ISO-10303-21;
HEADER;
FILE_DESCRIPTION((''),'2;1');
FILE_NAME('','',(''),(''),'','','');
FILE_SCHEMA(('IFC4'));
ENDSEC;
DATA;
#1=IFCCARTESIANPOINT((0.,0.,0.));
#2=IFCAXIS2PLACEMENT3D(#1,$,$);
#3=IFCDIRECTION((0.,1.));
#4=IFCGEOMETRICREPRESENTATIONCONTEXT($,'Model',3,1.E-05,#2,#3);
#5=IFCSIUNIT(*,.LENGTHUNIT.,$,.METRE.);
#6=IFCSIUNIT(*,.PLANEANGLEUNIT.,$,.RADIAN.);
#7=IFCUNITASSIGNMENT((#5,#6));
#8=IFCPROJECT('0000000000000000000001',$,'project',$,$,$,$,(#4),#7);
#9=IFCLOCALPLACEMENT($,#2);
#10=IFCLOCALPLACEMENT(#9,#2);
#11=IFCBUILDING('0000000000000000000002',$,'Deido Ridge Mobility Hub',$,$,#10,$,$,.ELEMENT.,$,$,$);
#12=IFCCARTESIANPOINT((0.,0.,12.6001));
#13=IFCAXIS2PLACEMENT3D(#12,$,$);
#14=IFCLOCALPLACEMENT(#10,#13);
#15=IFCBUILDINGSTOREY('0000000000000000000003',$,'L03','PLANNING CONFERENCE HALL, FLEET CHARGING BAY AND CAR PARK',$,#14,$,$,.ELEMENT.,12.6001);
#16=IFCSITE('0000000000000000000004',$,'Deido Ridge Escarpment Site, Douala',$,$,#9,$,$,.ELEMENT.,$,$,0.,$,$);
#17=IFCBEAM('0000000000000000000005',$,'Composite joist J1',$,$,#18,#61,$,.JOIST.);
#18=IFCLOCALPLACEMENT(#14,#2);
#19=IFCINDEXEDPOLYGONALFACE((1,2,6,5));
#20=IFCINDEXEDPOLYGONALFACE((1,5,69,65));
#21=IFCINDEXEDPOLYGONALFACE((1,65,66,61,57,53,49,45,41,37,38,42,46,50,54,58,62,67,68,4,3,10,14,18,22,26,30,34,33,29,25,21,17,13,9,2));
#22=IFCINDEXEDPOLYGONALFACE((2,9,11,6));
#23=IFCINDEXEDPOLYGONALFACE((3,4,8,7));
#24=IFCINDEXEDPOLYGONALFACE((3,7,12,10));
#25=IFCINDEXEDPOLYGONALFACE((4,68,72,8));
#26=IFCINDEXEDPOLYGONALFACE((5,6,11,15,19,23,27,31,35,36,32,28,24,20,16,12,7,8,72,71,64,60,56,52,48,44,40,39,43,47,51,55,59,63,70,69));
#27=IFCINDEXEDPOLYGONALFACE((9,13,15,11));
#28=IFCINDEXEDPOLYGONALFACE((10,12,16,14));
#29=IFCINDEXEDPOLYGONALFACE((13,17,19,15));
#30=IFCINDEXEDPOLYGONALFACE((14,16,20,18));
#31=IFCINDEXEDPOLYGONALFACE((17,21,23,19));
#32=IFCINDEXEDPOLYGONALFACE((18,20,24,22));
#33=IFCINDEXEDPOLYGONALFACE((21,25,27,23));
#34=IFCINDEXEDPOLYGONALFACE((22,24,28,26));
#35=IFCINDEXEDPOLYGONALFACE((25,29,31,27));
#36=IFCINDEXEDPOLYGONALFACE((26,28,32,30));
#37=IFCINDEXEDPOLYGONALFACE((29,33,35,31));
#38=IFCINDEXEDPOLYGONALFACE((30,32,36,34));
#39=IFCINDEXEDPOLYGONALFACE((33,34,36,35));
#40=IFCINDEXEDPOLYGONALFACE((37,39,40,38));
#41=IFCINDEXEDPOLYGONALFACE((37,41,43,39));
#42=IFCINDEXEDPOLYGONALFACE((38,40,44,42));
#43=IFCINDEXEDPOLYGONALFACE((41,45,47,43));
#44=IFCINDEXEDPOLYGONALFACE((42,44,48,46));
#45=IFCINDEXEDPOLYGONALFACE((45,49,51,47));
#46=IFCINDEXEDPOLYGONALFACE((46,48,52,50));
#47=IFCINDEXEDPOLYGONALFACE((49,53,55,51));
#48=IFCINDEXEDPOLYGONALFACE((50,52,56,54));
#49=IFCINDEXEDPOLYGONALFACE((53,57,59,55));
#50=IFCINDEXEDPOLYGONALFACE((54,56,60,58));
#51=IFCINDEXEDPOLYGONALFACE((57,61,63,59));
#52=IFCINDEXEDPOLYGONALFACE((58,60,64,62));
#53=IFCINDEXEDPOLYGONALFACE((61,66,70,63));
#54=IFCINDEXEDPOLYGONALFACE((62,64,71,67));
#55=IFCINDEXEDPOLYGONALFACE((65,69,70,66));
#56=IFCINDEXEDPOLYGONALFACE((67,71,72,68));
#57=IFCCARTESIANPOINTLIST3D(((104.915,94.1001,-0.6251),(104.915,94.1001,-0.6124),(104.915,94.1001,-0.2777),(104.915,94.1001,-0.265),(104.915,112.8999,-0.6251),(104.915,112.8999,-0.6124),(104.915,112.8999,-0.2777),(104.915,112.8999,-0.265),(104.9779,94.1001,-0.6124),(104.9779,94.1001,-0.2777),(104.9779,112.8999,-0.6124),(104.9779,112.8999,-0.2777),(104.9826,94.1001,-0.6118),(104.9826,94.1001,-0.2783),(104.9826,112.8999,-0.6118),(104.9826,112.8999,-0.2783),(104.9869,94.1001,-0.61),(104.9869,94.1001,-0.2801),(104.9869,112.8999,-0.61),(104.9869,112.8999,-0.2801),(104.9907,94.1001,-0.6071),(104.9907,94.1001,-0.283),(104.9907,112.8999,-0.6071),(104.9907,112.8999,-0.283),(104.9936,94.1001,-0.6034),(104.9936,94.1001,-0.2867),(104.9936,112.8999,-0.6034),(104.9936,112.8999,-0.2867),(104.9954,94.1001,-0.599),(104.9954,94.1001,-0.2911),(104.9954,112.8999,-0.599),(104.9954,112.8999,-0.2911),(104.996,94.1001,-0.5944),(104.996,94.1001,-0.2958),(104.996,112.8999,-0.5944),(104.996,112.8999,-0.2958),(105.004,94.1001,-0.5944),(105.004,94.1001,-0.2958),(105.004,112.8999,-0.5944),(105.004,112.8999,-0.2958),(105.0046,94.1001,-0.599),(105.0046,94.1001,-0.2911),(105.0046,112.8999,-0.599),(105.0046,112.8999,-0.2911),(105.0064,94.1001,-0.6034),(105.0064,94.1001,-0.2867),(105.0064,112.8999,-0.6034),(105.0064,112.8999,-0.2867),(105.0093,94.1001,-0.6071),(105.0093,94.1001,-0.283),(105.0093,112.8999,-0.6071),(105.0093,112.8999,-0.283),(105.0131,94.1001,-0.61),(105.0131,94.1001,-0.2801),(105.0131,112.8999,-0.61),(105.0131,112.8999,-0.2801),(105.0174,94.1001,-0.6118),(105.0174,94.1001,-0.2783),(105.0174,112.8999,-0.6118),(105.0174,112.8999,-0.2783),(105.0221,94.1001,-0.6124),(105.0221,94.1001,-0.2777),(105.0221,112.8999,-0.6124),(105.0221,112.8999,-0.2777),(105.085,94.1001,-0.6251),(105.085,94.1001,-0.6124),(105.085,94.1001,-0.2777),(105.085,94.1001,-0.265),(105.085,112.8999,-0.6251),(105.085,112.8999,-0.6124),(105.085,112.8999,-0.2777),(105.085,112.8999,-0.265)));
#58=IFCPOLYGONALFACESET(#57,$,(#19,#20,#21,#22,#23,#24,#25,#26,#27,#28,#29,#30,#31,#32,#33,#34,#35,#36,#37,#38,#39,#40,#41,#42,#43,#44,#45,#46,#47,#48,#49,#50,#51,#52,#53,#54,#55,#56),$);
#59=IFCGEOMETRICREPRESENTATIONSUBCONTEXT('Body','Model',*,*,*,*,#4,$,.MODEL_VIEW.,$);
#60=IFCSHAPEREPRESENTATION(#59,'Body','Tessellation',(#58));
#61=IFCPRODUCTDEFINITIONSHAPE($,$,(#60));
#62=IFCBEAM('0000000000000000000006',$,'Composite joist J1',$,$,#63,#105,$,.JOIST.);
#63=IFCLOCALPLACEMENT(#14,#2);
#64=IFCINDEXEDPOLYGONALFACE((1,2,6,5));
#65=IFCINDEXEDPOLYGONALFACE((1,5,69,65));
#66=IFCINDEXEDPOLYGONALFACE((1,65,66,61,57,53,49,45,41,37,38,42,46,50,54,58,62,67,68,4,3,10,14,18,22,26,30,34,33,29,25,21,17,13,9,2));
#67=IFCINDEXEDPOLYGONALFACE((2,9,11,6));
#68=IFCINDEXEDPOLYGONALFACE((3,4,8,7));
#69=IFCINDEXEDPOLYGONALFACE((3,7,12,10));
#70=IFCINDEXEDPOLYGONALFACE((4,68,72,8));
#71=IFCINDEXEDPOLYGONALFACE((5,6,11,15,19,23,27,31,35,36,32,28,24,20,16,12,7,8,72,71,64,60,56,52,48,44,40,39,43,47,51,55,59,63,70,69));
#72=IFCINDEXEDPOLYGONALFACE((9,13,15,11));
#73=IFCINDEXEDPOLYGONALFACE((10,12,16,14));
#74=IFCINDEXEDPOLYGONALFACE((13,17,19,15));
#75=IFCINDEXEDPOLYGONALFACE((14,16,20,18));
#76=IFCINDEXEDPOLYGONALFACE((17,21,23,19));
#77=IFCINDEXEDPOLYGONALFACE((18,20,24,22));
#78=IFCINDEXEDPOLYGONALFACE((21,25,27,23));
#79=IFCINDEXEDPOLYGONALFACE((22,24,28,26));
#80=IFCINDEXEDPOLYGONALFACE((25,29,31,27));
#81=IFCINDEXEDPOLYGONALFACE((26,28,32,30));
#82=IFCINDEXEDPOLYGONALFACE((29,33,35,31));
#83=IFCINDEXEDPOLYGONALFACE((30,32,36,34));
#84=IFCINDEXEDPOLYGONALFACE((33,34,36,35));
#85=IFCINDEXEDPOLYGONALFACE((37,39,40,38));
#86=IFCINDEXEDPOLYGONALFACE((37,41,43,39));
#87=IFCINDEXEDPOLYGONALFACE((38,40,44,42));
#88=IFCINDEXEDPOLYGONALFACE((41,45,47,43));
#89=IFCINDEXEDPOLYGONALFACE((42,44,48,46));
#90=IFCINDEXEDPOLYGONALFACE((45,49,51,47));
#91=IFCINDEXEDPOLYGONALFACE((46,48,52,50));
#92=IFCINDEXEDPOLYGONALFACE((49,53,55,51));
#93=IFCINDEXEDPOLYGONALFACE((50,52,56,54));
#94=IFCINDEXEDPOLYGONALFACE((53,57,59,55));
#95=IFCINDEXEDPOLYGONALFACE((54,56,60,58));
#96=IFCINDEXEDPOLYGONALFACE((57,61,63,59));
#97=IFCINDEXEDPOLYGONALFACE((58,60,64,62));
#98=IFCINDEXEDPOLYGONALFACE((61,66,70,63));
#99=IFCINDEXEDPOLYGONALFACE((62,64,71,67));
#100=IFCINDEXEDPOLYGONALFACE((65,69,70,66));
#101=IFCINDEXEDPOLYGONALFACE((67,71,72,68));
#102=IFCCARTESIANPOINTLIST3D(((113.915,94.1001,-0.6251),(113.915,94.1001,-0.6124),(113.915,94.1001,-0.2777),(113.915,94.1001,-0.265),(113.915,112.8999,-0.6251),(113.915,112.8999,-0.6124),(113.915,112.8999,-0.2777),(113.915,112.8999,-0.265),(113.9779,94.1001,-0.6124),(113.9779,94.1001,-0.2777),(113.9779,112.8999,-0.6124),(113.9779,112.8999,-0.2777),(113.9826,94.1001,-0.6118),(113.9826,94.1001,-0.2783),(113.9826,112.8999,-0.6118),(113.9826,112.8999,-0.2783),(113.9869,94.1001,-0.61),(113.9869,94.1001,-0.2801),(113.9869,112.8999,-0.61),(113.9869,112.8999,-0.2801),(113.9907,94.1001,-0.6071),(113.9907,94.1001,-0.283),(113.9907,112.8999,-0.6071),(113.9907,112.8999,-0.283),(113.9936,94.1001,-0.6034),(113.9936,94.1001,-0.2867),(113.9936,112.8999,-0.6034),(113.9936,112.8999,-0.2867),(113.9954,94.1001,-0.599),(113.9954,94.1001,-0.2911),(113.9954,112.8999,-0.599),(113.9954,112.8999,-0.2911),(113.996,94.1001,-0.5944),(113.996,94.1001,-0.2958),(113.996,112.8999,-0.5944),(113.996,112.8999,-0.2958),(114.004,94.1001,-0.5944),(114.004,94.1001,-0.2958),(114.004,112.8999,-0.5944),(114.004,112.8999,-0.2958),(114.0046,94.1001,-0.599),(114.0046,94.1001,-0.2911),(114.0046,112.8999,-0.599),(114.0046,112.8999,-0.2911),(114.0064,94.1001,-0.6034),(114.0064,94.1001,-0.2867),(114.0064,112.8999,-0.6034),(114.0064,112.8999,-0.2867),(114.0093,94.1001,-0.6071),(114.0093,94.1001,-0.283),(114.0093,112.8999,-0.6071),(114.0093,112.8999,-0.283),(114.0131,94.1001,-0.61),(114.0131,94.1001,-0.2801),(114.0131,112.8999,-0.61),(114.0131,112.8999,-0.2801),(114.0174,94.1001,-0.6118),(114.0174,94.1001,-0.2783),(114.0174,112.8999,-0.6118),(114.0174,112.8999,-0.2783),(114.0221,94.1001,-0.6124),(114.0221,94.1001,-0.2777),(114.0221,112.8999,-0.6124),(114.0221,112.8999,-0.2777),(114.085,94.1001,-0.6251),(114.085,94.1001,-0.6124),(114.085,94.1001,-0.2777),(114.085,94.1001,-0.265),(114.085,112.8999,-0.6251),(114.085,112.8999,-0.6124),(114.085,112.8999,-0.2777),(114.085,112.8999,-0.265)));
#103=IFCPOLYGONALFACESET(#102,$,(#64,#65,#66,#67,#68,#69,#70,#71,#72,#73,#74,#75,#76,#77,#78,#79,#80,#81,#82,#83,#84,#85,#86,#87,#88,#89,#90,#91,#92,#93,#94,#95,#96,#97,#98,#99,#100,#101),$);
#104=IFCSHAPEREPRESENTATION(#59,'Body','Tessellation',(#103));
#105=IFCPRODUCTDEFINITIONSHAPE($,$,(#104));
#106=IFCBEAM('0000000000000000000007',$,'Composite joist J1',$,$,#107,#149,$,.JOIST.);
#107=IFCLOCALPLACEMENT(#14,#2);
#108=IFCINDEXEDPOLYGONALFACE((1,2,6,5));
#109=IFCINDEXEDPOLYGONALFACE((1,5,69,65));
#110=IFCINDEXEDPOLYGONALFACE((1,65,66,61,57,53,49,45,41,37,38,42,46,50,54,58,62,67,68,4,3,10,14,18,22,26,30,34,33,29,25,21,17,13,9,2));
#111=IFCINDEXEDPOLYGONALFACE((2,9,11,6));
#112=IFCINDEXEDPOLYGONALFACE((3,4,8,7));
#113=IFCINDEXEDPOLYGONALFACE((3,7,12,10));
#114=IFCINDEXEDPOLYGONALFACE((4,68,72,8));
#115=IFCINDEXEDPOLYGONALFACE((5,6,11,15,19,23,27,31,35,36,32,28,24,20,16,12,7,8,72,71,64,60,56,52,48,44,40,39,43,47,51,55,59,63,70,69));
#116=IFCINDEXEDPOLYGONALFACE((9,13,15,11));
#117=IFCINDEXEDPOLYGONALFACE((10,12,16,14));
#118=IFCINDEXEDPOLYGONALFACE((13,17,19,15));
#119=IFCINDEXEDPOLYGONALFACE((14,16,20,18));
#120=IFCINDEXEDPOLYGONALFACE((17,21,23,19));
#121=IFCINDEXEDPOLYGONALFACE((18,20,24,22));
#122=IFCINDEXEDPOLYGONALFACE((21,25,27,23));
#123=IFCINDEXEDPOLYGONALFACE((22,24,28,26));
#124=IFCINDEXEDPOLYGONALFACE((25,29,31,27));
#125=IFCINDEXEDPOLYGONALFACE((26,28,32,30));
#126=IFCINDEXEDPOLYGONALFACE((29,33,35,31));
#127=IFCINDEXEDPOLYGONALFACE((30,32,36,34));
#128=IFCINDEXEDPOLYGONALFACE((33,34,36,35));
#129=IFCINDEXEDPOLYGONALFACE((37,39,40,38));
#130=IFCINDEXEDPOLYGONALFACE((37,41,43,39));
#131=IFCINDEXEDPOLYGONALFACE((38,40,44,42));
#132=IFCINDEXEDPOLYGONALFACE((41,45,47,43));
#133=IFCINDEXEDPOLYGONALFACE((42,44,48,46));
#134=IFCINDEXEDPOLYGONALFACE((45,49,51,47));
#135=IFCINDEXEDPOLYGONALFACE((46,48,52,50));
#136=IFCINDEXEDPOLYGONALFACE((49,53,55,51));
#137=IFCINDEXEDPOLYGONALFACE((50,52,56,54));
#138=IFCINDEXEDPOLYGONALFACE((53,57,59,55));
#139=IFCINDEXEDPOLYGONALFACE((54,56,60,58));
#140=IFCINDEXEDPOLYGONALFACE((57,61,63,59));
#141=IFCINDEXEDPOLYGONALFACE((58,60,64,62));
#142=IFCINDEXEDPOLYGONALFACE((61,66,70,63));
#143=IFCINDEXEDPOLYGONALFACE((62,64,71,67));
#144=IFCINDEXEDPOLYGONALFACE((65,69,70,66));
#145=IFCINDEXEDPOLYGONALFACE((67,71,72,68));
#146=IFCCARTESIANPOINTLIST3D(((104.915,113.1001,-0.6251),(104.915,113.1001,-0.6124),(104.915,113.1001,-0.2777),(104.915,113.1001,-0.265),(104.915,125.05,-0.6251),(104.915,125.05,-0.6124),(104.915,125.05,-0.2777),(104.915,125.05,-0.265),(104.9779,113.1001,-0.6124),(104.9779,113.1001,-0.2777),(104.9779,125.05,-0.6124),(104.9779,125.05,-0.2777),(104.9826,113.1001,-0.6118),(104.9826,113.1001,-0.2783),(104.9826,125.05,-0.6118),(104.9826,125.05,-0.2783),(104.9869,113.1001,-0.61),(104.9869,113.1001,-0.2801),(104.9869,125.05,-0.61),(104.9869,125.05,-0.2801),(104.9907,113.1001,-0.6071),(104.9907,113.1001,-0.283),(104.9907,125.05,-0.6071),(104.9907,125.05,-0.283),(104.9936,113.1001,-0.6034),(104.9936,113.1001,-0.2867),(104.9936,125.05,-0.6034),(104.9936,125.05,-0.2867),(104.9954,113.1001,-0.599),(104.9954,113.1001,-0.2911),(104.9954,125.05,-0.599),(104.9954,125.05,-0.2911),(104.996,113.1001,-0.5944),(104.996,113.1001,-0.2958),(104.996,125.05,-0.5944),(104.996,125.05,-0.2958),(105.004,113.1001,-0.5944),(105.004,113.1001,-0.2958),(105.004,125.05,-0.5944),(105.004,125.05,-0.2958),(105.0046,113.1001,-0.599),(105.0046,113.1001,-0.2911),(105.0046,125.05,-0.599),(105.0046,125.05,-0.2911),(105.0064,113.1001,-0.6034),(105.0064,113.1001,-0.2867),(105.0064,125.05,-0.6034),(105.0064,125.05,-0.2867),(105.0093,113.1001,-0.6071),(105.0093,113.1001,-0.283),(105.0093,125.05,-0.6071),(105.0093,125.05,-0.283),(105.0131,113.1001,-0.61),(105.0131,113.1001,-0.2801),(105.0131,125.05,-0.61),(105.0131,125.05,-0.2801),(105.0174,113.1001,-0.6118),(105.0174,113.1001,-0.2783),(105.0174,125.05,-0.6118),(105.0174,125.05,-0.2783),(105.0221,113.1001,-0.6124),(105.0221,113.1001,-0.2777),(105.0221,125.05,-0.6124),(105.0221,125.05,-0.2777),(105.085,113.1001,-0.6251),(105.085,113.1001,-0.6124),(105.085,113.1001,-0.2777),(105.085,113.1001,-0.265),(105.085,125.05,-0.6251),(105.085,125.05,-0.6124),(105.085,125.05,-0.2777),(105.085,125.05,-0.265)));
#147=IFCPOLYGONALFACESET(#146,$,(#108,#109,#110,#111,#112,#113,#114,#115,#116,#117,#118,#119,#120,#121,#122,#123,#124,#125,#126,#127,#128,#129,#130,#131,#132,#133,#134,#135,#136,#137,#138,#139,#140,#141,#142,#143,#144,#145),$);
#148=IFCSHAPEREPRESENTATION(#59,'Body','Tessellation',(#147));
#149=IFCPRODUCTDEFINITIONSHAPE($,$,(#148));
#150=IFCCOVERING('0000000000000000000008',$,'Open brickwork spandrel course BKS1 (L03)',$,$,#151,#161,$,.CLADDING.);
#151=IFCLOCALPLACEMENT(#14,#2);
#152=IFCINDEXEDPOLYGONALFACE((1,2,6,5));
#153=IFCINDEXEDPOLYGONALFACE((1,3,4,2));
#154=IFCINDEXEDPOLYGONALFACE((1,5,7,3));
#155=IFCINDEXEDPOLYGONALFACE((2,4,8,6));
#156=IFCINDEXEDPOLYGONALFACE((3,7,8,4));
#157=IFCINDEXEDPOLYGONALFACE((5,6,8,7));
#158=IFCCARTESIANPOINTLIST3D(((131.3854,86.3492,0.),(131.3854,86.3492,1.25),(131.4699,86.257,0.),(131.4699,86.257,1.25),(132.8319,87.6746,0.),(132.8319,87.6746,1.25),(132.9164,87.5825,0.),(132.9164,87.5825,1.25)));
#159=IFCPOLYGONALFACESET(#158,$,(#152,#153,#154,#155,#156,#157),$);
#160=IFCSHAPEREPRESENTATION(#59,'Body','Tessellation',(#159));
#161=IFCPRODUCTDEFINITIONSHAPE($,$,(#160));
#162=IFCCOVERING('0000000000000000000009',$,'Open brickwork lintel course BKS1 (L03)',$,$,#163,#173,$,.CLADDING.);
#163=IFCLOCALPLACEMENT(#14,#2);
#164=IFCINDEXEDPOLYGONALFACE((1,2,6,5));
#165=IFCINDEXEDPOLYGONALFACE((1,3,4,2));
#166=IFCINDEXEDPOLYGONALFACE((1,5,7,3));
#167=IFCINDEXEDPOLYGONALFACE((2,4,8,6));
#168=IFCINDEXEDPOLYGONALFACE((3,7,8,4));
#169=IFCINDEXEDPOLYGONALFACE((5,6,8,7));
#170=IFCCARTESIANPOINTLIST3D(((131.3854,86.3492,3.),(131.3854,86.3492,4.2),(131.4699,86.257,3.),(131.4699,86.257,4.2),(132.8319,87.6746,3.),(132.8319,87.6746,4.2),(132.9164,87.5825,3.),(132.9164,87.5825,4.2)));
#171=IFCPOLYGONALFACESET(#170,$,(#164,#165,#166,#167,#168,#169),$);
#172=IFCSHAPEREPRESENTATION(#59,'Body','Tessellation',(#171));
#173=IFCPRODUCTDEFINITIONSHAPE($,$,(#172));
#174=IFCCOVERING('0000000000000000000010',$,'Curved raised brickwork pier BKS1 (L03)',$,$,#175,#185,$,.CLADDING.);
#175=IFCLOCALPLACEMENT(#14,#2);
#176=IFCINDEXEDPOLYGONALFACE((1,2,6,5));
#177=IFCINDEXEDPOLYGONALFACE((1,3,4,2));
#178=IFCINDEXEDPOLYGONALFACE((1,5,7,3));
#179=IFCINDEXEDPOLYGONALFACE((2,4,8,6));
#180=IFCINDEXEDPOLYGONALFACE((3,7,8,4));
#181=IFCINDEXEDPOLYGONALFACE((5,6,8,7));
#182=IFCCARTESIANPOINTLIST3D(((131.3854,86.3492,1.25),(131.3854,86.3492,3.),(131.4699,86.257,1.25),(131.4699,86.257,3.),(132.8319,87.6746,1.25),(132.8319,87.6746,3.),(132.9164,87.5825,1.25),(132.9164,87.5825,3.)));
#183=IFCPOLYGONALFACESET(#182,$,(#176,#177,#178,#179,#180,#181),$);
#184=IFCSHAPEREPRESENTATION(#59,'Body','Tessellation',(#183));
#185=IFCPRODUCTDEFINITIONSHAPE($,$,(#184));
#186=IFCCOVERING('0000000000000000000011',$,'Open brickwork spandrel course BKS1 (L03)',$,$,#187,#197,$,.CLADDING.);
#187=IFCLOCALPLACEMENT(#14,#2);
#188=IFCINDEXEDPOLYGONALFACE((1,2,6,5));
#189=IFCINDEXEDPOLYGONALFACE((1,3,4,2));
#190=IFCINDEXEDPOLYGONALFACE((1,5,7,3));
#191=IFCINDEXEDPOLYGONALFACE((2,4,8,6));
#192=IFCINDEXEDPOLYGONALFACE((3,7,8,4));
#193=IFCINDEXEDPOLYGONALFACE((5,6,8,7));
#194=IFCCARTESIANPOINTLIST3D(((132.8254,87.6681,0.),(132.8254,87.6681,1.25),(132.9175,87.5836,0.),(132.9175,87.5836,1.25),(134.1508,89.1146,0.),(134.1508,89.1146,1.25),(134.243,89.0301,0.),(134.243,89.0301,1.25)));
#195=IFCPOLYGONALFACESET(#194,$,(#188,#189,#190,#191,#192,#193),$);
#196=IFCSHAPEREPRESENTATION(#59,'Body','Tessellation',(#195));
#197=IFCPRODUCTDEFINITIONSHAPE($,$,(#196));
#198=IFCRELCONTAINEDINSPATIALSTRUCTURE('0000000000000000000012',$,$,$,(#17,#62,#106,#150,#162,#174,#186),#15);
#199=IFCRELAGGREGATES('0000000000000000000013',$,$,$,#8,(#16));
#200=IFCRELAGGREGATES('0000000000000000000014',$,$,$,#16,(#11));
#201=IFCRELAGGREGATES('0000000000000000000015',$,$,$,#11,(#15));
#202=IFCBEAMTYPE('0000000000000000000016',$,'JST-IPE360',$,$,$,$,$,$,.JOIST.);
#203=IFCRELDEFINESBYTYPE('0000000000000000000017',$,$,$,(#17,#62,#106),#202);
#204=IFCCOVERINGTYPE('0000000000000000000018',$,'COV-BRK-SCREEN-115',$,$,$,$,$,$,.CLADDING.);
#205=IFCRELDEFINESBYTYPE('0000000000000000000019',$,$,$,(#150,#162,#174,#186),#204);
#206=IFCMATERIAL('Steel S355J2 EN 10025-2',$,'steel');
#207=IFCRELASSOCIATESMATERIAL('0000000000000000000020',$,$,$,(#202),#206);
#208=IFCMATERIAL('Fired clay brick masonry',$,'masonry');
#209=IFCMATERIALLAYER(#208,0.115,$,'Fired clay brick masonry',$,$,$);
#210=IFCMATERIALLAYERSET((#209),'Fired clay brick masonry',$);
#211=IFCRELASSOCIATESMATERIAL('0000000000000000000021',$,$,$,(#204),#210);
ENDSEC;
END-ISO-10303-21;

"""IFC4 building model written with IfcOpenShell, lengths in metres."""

from ifc_helpers import new_model, si_unit, direction, frame, origin, origin_2d, place, context, subcontext, project, spatial, rectangle, i_section, extrude, material, layer, layer_set, material_profile, profile_set, type_object, element, save


model = new_model("IFC4")

# Units and contexts
model_context = context("Model", 3, precision=1e-05, world=origin(), true_north=direction((0.0, 1.0)))
body_context = subcontext(model_context, "Body", "Model", "MODEL_VIEW")
ifc_project = project(units=[si_unit("LENGTHUNIT", "METRE"), si_unit("PLANEANGLEUNIT", "RADIAN")], contexts=[model_context])

# Site, building, storey
site_placement = place(None, origin())
site = spatial("IfcSite", under=ifc_project, at=site_placement, Name="Deido Ridge Escarpment Site, Douala", CompositionType="ELEMENT", RefElevation=0.0)
building_placement = place(site_placement, origin())
building = spatial("IfcBuilding", under=site, at=building_placement, Name="Deido Ridge Mobility Hub", CompositionType="ELEMENT")
storey_placement = place(building_placement, frame((0.0, 0.0, 12.6001)))
storey = spatial("IfcBuildingStorey", under=building, at=storey_placement, Name="L03", Description="PLANNING CONFERENCE HALL, FLEET CHARGING BAY AND CAR PARK", CompositionType="ELEMENT", Elevation=12.6001)

# Shared definitions
ifc_material_1 = material(Name="Steel S355J2 EN 10025-2", Category="steel")

# Beams
ifc_material_profile_1 = material_profile(ifc_material_1, i_section(OverallWidth=0.1699, OverallDepth=0.3601, WebThickness=0.0081, FlangeThickness=0.0127, FilletRadius=0.0181, at=origin_2d()), Name="IPE 360")
ifc_profile_set_1 = profile_set([ifc_material_profile_1], Name="Steel S355J2 EN 10025-2")
beam_type_1 = type_object("IfcBeamType", Name="JST-IPE360", PredefinedType="JOIST", material=ifc_profile_set_1)
for number, where, z_axis, x_axis, name in (
    (1, (105.0, 94.1001, -0.4451), (0.0, 1.0, 0.0), (-1.0, 0.0, 0.0), "Composite joist J1"),
    (2, (114.0, 94.1001, -0.4451), (0.0, 1.0, 0.0), (-1.0, 0.0, 0.0), "Composite joist J1"),
):
    element("IfcBeam", number, at=place(storey_placement, frame(where, z_axis=z_axis, x_axis=x_axis)), inside=storey, type_object=beam_type_1, Name=name, PredefinedType="JOIST", context=body_context, shape_type="SweptSolid", body=[
        extrude(i_section(OverallWidth=0.1699, OverallDepth=0.3601, WebThickness=0.0081, FlangeThickness=0.0127, FilletRadius=0.0181, at=origin_2d()), origin(), (0.0, 0.0, 1.0), 18.7998),
    ])
beam_1_placement = place(storey_placement, frame((105.0, 113.1001, -0.4451), z_axis=(0.0, 1.0, 0.0), x_axis=(-1.0, 0.0, 0.0)))
element("IfcBeam", 3, at=beam_1_placement, inside=storey, type_object=beam_type_1, Name="Composite joist J1", PredefinedType="JOIST", context=body_context, shape_type="SweptSolid", body=[
    extrude(i_section(OverallWidth=0.1699, OverallDepth=0.3601, WebThickness=0.0081, FlangeThickness=0.0127, FilletRadius=0.0181, at=origin_2d()), origin(), (0.0, 0.0, 1.0), 11.95),
])

# Coverings
ifc_material_2 = material(Name="Fired clay brick masonry", Category="masonry")
ifc_layer = layer(ifc_material_2, 0.115, Name="Fired clay brick masonry")
ifc_layer_set = layer_set([ifc_layer], Name="Fired clay brick masonry")
covering_type = type_object("IfcCoveringType", Name="COV-BRK-SCREEN-115", PredefinedType="CLADDING", material=ifc_layer_set)
covering_1_placement = place(storey_placement, frame((132.1509, 86.9658, 0.0), z_axis=(0.0, 0.0, 1.0), x_axis=(0.737289, 0.675577, 0.0)))
element("IfcCovering", 4, at=covering_1_placement, inside=storey, type_object=covering_type, Name="Open brickwork spandrel course BKS1 (L03)", PredefinedType="CLADDING", context=body_context, shape_type="SweptSolid", body=[
    extrude(rectangle(XDim=1.9619, YDim=0.125, at=origin_2d()), origin(), (0.0, 0.0, 1.0), 1.25),
])
covering_2_placement = place(storey_placement, frame((132.1509, 86.9658, 3.0), z_axis=(0.0, 0.0, 1.0), x_axis=(0.737289, 0.675577, 0.0)))
element("IfcCovering", 5, at=covering_2_placement, inside=storey, type_object=covering_type, Name="Open brickwork lintel course BKS1 (L03)", PredefinedType="CLADDING", context=body_context, shape_type="SweptSolid", body=[
    extrude(rectangle(XDim=1.9619, YDim=0.125, at=origin_2d()), origin(), (0.0, 0.0, 1.0), 1.2),
])
covering_3_placement = place(storey_placement, frame((132.1509, 86.9658, 1.25), z_axis=(0.0, 0.0, 1.0), x_axis=(0.737289, 0.675577, 0.0)))
element("IfcCovering", 6, at=covering_3_placement, inside=storey, type_object=covering_type, Name="Curved raised brickwork pier BKS1 (L03)", PredefinedType="CLADDING", context=body_context, shape_type="SweptSolid", body=[
    extrude(rectangle(XDim=1.9619, YDim=0.125, at=origin_2d()), origin(), (0.0, 0.0, 1.0), 1.75),
])
covering_4_placement = place(storey_placement, frame((133.5342, 88.3491, 0.0), z_axis=(0.0, 0.0, 1.0), x_axis=(0.675577, 0.737289, 0.0)))
element("IfcCovering", 7, at=covering_4_placement, inside=storey, type_object=covering_type, Name="Open brickwork spandrel course BKS1 (L03)", PredefinedType="CLADDING", context=body_context, shape_type="SweptSolid", body=[
    extrude(rectangle(XDim=1.9619, YDim=0.125, at=origin_2d()), origin(), (0.0, 0.0, 1.0), 1.25),
])

save(model, "model.ifc")
